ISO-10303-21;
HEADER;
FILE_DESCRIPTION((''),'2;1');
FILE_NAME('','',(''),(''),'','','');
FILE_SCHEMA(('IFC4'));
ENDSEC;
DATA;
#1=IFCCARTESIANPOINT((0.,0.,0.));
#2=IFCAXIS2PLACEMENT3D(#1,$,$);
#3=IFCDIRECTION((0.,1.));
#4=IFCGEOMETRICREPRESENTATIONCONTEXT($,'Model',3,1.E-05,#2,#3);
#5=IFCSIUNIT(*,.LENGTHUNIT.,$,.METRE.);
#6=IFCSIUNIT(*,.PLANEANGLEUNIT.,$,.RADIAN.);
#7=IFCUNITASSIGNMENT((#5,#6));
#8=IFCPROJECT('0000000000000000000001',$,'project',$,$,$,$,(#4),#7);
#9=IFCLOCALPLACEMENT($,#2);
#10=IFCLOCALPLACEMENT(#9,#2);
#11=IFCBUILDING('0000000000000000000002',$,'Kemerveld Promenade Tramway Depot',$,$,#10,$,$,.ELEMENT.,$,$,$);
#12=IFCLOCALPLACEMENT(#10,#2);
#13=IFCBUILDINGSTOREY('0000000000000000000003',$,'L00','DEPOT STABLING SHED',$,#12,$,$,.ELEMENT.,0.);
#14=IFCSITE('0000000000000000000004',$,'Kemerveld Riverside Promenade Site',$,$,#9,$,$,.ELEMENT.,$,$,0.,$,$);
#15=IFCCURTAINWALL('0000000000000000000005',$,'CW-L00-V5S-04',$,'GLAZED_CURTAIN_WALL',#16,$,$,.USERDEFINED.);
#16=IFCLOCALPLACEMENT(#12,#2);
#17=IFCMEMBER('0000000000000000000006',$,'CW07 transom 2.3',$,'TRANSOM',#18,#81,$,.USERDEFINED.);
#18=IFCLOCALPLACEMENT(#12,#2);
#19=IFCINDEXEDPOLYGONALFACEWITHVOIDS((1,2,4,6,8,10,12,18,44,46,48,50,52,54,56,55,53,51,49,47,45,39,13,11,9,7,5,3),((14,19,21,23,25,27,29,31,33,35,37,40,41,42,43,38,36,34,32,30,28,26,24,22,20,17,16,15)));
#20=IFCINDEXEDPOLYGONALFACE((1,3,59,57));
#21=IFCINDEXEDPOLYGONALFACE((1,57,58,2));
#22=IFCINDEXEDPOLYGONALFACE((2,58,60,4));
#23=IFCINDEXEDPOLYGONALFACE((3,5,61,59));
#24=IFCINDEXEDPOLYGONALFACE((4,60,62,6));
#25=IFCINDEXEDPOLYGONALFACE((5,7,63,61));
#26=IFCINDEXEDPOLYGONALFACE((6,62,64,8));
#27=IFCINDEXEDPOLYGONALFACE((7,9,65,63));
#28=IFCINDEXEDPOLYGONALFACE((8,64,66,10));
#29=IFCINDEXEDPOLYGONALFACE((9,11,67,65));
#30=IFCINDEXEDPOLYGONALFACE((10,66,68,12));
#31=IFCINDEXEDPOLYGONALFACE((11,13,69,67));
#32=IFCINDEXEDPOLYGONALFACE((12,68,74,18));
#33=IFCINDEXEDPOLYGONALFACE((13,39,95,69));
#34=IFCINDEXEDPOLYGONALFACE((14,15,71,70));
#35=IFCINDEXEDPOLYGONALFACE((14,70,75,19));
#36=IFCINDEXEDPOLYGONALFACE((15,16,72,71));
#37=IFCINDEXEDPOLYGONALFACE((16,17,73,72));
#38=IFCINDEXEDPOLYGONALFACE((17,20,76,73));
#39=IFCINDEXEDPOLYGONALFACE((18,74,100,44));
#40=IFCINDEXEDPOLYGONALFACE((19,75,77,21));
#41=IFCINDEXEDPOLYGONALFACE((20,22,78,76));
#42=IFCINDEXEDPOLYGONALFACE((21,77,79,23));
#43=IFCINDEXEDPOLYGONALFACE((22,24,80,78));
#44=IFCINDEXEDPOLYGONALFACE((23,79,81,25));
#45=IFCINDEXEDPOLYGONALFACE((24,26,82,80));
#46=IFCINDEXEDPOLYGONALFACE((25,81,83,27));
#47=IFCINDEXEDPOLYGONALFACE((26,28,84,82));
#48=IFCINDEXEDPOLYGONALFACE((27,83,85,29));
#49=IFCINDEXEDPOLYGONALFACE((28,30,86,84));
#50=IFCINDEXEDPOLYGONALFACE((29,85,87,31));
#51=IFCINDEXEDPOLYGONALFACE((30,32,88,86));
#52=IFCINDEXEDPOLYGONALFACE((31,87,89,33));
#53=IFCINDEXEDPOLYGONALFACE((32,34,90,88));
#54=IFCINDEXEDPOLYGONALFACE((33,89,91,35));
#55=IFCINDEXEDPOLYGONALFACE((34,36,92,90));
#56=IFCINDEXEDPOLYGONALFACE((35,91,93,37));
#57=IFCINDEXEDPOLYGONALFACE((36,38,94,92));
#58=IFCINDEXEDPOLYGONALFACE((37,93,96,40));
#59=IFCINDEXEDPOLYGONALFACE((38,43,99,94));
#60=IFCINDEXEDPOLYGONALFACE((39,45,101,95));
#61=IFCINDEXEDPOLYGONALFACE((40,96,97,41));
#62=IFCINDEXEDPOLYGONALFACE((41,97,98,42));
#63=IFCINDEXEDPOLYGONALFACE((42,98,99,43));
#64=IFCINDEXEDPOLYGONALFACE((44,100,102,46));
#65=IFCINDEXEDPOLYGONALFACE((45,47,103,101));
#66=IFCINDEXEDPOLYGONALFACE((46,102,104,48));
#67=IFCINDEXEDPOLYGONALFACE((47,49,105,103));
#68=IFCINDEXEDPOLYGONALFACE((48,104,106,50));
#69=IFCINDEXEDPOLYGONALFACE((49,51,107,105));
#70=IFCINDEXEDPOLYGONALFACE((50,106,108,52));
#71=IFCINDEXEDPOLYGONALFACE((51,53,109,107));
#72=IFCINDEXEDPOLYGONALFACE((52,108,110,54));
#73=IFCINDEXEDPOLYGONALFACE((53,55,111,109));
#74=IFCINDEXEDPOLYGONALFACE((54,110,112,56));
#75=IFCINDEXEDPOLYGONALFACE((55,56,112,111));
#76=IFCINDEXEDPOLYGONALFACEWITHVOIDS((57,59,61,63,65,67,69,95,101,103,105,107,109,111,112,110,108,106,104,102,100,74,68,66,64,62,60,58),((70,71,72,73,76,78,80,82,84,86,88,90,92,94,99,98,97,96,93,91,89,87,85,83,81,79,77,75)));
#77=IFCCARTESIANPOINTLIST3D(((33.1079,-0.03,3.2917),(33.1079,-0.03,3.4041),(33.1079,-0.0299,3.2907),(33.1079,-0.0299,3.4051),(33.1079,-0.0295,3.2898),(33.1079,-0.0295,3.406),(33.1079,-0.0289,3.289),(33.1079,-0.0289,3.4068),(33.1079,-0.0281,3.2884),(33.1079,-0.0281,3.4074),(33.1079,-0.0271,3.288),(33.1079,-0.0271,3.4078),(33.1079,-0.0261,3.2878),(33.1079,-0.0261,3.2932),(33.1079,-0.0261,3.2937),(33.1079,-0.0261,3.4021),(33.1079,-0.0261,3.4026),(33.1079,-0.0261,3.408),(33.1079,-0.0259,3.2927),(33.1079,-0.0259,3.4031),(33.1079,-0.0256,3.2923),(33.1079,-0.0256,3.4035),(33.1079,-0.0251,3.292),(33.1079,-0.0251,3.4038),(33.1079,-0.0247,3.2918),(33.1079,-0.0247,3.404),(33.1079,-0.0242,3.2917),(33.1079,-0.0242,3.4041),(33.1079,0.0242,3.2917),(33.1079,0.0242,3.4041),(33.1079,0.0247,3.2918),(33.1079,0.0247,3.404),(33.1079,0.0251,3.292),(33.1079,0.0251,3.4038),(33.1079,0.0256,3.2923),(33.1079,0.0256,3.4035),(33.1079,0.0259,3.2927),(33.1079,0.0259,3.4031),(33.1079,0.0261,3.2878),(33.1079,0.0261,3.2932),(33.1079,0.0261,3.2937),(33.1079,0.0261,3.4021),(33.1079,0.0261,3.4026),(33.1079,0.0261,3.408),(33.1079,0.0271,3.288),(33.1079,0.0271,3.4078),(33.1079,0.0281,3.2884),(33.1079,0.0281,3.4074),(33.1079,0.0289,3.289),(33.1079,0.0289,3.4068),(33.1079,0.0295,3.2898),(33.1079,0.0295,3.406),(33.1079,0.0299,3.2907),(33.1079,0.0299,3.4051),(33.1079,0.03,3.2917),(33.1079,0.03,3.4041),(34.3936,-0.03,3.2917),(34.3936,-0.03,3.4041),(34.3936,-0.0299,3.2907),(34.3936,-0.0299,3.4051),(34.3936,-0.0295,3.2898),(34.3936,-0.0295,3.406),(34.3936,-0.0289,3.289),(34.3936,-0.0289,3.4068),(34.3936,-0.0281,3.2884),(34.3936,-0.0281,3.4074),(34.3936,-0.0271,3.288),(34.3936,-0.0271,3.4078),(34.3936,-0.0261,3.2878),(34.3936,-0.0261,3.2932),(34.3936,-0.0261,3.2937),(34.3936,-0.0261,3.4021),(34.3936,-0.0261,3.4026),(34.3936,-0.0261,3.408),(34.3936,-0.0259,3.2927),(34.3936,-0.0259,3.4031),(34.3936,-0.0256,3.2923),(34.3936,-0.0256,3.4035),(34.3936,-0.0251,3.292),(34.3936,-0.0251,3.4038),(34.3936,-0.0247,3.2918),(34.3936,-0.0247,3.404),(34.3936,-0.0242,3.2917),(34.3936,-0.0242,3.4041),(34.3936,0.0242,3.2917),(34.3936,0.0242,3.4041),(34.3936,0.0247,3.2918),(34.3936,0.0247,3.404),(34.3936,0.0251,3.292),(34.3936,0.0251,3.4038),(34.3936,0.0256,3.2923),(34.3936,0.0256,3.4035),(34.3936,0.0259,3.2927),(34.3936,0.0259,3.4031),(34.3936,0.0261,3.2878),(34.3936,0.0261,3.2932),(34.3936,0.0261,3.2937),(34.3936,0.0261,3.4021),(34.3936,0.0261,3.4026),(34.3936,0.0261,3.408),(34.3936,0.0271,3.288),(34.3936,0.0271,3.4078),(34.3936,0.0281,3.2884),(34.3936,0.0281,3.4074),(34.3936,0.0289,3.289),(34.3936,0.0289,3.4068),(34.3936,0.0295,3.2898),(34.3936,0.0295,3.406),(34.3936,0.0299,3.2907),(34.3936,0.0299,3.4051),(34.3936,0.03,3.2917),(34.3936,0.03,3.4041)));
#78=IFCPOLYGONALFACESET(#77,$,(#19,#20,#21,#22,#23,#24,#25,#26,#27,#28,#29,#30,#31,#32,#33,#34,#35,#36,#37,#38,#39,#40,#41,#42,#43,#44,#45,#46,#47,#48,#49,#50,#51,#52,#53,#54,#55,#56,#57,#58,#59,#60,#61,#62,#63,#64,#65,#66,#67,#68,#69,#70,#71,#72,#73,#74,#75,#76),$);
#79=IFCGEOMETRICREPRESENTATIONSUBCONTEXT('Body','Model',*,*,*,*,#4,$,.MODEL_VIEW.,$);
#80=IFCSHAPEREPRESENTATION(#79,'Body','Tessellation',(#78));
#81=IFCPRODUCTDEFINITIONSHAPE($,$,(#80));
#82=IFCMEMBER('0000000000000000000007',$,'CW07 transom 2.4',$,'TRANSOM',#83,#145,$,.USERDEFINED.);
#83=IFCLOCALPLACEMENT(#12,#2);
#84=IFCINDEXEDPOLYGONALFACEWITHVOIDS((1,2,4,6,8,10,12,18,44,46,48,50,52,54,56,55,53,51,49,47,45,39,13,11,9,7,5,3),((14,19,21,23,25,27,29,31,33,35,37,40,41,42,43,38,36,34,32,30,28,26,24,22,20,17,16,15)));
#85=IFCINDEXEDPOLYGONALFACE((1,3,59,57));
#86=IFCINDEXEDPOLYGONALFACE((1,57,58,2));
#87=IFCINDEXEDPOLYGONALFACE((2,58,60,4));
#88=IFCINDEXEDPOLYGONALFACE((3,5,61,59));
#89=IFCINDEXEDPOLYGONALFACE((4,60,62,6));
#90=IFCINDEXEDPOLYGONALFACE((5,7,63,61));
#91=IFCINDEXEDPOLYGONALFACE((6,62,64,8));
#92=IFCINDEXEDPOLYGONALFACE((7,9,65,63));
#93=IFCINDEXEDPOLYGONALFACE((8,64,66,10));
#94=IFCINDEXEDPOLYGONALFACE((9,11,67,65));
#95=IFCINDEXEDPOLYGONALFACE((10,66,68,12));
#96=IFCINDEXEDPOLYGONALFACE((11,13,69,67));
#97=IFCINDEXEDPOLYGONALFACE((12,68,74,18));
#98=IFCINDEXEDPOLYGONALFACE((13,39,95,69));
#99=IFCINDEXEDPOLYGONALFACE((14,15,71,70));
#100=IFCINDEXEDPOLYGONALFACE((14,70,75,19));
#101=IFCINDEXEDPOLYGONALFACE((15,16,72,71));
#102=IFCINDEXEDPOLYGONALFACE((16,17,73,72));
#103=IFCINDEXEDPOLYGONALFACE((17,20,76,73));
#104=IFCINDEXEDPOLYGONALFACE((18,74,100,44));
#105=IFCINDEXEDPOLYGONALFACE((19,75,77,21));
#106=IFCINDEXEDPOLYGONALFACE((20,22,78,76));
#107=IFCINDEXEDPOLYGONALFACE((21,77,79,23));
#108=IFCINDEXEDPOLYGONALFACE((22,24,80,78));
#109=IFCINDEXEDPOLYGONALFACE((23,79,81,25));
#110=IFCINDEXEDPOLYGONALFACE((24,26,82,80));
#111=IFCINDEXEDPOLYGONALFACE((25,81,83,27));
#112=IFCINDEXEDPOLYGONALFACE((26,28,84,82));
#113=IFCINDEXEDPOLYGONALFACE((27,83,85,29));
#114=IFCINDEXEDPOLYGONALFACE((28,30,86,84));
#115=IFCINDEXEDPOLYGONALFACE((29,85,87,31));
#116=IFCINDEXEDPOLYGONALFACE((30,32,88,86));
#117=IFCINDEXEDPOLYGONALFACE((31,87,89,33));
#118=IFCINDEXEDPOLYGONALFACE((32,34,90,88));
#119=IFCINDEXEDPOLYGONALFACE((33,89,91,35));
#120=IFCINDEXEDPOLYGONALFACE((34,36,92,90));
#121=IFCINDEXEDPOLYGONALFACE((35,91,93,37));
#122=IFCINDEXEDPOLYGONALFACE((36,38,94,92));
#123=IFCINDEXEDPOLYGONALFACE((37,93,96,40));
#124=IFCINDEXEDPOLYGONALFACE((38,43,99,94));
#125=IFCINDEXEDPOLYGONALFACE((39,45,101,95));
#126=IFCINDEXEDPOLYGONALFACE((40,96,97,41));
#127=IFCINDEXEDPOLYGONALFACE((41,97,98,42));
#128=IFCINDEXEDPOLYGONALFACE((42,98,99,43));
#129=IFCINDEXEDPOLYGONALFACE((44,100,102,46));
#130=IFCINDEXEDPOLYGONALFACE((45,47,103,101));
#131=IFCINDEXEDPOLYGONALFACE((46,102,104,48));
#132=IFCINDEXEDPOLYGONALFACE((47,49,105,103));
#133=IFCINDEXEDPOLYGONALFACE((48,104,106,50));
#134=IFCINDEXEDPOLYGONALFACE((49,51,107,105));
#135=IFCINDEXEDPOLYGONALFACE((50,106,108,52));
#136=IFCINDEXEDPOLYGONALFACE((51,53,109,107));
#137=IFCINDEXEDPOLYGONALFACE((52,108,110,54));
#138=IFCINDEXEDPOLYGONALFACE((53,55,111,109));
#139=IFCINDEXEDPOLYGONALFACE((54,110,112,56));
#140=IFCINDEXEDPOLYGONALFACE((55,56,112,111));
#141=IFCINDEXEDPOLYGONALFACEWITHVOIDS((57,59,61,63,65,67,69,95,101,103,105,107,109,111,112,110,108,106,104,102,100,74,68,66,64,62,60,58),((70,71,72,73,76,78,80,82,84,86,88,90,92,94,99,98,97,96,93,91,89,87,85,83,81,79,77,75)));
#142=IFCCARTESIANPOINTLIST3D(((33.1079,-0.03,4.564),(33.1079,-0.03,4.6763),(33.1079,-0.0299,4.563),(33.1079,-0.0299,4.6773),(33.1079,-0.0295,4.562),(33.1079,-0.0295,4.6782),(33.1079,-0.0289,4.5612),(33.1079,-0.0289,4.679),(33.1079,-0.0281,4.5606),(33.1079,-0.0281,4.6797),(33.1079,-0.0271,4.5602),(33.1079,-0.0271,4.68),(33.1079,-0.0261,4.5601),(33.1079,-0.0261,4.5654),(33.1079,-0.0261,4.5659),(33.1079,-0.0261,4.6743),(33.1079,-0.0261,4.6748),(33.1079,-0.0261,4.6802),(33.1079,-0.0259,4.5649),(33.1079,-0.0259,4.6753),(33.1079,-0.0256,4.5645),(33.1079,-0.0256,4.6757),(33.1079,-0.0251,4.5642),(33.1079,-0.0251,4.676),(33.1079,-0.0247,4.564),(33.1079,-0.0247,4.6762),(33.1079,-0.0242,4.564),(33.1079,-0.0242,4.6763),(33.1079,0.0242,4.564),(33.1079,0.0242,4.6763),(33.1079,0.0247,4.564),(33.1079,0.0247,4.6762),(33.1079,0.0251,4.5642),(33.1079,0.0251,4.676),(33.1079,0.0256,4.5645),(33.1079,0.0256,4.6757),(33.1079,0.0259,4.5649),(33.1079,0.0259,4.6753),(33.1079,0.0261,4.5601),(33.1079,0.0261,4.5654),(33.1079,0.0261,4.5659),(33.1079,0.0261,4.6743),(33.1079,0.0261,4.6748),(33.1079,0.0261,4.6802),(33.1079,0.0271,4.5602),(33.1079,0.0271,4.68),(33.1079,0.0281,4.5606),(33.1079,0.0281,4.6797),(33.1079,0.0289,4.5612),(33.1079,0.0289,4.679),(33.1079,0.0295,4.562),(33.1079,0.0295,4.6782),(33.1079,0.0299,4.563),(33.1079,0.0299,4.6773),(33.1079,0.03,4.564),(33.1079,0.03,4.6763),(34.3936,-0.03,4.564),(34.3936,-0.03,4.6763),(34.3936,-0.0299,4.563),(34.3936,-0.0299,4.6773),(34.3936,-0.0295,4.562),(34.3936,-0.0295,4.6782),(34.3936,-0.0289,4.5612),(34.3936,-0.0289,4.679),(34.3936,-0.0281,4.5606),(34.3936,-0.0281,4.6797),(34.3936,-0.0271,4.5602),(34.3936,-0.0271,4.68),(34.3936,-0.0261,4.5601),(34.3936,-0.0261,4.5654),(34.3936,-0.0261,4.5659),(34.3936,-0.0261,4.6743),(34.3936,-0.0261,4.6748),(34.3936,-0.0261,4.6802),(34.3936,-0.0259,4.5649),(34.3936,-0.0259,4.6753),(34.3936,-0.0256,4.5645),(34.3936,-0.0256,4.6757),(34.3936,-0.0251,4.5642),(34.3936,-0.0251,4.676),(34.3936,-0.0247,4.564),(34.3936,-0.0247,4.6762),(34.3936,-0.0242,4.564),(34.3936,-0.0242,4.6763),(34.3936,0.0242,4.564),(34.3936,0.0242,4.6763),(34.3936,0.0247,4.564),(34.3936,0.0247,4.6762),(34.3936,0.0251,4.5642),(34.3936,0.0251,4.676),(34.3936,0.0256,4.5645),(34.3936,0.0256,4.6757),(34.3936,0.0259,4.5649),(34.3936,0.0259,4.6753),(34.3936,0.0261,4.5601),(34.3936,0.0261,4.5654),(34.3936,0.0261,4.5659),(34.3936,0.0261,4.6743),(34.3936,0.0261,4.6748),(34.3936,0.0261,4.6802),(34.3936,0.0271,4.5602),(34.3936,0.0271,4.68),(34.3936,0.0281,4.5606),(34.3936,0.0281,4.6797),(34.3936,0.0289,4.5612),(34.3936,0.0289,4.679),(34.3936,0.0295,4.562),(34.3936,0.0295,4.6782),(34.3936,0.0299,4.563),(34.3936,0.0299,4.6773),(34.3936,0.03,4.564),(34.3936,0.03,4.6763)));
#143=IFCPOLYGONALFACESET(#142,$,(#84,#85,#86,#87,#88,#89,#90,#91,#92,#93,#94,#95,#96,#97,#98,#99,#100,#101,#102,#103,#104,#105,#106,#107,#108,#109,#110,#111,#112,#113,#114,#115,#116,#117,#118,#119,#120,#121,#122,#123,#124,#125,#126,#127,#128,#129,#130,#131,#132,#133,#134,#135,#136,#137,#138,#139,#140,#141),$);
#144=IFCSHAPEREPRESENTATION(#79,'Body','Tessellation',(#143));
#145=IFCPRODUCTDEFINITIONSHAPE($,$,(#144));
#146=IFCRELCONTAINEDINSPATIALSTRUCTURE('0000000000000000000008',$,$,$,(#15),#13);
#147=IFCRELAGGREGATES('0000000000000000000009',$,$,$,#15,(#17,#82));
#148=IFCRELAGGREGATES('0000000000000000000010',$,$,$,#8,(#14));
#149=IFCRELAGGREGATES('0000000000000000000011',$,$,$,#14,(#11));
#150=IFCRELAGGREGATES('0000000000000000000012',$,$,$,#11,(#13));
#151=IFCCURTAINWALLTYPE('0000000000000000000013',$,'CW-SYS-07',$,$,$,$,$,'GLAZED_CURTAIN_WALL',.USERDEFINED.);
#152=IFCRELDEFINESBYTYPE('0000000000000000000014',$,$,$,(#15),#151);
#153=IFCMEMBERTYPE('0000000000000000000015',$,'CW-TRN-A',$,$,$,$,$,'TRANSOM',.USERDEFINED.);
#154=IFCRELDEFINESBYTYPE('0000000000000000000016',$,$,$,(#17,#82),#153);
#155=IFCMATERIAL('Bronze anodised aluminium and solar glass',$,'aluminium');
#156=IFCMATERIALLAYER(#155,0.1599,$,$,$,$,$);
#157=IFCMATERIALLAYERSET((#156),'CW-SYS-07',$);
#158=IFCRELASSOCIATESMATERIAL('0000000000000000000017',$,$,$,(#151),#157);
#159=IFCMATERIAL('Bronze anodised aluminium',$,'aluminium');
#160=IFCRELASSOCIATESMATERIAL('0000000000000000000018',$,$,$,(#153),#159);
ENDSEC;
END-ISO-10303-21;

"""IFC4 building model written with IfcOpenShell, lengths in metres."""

from ifc_helpers import new_model, si_unit, direction, frame, origin, origin_2d, place, context, subcontext, project, spatial, hollow_rectangle, extrude, material, layer, layer_set, material_profile, profile_set, type_object, element, aggregate, save


model = new_model("IFC4")

# Units and contexts
model_context = context("Model", 3, precision=1e-05, world=origin(), true_north=direction((0.0, 1.0)))
body_context = subcontext(model_context, "Body", "Model", "MODEL_VIEW")
ifc_project = project(units=[si_unit("LENGTHUNIT", "METRE"), si_unit("PLANEANGLEUNIT", "RADIAN")], contexts=[model_context])

# Site, building, storey
site_placement = place(None, origin())
site = spatial("IfcSite", under=ifc_project, at=site_placement, Name="Kemerveld Riverside Promenade Site", CompositionType="ELEMENT", RefElevation=0.0)
building_placement = place(site_placement, origin())
building = spatial("IfcBuilding", under=site, at=building_placement, Name="Kemerveld Promenade Tramway Depot", CompositionType="ELEMENT")
storey_placement = place(building_placement, origin())
storey = spatial("IfcBuildingStorey", under=building, at=storey_placement, Name="L00", Description="DEPOT STABLING SHED", CompositionType="ELEMENT", Elevation=0.0)

# Curtain wall, members
ifc_material_1 = material(Name="Bronze anodised aluminium and solar glass", Category="aluminium")
ifc_layer_1 = layer(ifc_material_1, 0.1599)
ifc_layer_set_1 = layer_set([ifc_layer_1], Name="CW-SYS-07")
curtain_wall_type = type_object("IfcCurtainWallType", Name="CW-SYS-07", ElementType="GLAZED_CURTAIN_WALL", PredefinedType="USERDEFINED", material=ifc_layer_set_1)
curtain_wall_placement = place(storey_placement, origin())
curtain_wall = element("IfcCurtainWall", 1, at=curtain_wall_placement, inside=storey, type_object=curtain_wall_type, Name="CW-L00-V5S-04", ObjectType="GLAZED_CURTAIN_WALL", PredefinedType="USERDEFINED")
ifc_material_2 = material(Name="Bronze anodised aluminium", Category="aluminium")
ifc_material_profile_1 = material_profile(ifc_material_2, hollow_rectangle(XDim=0.0601, YDim=0.1201, WallThickness=0.0039, InnerFilletRadius=0.002, OuterFilletRadius=0.0039, at=origin_2d()), Name="CW-TRN-120x60")
ifc_profile_set_1 = profile_set([ifc_material_profile_1], Name="Bronze anodised aluminium")
member_type_1 = type_object("IfcMemberType", Name="CW-TRN-A", ElementType="TRANSOM", PredefinedType="USERDEFINED", material=ifc_profile_set_1)
member_1_placement = place(storey_placement, frame((34.3936, 0.0, 3.3479), z_axis=(-1.0, 0.0, 0.0), x_axis=(0.0, -1.0, 0.0)))
member_1 = element("IfcMember", 2, at=member_1_placement, type_object=member_type_1, Name="CW07 transom 2.3", ObjectType="TRANSOM", PredefinedType="USERDEFINED", context=body_context, shape_type="SweptSolid", body=[
    extrude(hollow_rectangle(XDim=0.0601, YDim=0.1201, WallThickness=0.0039, InnerFilletRadius=0.002, OuterFilletRadius=0.0039, at=origin_2d()), origin(), (0.0, 0.0, 1.0), 1.2856),
])
member_2_placement = place(storey_placement, frame((34.3936, 0.0, 4.6201), z_axis=(-1.0, 0.0, 0.0), x_axis=(0.0, -1.0, 0.0)))
member_2 = element("IfcMember", 3, at=member_2_placement, type_object=member_type_1, Name="CW07 transom 2.4", ObjectType="TRANSOM", PredefinedType="USERDEFINED", context=body_context, shape_type="SweptSolid", body=[
    extrude(hollow_rectangle(XDim=0.0601, YDim=0.1201, WallThickness=0.0039, InnerFilletRadius=0.002, OuterFilletRadius=0.0039, at=origin_2d()), origin(), (0.0, 0.0, 1.0), 1.2856),
])
aggregate(curtain_wall, [member_1, member_2])

save(model, "model.ifc")
